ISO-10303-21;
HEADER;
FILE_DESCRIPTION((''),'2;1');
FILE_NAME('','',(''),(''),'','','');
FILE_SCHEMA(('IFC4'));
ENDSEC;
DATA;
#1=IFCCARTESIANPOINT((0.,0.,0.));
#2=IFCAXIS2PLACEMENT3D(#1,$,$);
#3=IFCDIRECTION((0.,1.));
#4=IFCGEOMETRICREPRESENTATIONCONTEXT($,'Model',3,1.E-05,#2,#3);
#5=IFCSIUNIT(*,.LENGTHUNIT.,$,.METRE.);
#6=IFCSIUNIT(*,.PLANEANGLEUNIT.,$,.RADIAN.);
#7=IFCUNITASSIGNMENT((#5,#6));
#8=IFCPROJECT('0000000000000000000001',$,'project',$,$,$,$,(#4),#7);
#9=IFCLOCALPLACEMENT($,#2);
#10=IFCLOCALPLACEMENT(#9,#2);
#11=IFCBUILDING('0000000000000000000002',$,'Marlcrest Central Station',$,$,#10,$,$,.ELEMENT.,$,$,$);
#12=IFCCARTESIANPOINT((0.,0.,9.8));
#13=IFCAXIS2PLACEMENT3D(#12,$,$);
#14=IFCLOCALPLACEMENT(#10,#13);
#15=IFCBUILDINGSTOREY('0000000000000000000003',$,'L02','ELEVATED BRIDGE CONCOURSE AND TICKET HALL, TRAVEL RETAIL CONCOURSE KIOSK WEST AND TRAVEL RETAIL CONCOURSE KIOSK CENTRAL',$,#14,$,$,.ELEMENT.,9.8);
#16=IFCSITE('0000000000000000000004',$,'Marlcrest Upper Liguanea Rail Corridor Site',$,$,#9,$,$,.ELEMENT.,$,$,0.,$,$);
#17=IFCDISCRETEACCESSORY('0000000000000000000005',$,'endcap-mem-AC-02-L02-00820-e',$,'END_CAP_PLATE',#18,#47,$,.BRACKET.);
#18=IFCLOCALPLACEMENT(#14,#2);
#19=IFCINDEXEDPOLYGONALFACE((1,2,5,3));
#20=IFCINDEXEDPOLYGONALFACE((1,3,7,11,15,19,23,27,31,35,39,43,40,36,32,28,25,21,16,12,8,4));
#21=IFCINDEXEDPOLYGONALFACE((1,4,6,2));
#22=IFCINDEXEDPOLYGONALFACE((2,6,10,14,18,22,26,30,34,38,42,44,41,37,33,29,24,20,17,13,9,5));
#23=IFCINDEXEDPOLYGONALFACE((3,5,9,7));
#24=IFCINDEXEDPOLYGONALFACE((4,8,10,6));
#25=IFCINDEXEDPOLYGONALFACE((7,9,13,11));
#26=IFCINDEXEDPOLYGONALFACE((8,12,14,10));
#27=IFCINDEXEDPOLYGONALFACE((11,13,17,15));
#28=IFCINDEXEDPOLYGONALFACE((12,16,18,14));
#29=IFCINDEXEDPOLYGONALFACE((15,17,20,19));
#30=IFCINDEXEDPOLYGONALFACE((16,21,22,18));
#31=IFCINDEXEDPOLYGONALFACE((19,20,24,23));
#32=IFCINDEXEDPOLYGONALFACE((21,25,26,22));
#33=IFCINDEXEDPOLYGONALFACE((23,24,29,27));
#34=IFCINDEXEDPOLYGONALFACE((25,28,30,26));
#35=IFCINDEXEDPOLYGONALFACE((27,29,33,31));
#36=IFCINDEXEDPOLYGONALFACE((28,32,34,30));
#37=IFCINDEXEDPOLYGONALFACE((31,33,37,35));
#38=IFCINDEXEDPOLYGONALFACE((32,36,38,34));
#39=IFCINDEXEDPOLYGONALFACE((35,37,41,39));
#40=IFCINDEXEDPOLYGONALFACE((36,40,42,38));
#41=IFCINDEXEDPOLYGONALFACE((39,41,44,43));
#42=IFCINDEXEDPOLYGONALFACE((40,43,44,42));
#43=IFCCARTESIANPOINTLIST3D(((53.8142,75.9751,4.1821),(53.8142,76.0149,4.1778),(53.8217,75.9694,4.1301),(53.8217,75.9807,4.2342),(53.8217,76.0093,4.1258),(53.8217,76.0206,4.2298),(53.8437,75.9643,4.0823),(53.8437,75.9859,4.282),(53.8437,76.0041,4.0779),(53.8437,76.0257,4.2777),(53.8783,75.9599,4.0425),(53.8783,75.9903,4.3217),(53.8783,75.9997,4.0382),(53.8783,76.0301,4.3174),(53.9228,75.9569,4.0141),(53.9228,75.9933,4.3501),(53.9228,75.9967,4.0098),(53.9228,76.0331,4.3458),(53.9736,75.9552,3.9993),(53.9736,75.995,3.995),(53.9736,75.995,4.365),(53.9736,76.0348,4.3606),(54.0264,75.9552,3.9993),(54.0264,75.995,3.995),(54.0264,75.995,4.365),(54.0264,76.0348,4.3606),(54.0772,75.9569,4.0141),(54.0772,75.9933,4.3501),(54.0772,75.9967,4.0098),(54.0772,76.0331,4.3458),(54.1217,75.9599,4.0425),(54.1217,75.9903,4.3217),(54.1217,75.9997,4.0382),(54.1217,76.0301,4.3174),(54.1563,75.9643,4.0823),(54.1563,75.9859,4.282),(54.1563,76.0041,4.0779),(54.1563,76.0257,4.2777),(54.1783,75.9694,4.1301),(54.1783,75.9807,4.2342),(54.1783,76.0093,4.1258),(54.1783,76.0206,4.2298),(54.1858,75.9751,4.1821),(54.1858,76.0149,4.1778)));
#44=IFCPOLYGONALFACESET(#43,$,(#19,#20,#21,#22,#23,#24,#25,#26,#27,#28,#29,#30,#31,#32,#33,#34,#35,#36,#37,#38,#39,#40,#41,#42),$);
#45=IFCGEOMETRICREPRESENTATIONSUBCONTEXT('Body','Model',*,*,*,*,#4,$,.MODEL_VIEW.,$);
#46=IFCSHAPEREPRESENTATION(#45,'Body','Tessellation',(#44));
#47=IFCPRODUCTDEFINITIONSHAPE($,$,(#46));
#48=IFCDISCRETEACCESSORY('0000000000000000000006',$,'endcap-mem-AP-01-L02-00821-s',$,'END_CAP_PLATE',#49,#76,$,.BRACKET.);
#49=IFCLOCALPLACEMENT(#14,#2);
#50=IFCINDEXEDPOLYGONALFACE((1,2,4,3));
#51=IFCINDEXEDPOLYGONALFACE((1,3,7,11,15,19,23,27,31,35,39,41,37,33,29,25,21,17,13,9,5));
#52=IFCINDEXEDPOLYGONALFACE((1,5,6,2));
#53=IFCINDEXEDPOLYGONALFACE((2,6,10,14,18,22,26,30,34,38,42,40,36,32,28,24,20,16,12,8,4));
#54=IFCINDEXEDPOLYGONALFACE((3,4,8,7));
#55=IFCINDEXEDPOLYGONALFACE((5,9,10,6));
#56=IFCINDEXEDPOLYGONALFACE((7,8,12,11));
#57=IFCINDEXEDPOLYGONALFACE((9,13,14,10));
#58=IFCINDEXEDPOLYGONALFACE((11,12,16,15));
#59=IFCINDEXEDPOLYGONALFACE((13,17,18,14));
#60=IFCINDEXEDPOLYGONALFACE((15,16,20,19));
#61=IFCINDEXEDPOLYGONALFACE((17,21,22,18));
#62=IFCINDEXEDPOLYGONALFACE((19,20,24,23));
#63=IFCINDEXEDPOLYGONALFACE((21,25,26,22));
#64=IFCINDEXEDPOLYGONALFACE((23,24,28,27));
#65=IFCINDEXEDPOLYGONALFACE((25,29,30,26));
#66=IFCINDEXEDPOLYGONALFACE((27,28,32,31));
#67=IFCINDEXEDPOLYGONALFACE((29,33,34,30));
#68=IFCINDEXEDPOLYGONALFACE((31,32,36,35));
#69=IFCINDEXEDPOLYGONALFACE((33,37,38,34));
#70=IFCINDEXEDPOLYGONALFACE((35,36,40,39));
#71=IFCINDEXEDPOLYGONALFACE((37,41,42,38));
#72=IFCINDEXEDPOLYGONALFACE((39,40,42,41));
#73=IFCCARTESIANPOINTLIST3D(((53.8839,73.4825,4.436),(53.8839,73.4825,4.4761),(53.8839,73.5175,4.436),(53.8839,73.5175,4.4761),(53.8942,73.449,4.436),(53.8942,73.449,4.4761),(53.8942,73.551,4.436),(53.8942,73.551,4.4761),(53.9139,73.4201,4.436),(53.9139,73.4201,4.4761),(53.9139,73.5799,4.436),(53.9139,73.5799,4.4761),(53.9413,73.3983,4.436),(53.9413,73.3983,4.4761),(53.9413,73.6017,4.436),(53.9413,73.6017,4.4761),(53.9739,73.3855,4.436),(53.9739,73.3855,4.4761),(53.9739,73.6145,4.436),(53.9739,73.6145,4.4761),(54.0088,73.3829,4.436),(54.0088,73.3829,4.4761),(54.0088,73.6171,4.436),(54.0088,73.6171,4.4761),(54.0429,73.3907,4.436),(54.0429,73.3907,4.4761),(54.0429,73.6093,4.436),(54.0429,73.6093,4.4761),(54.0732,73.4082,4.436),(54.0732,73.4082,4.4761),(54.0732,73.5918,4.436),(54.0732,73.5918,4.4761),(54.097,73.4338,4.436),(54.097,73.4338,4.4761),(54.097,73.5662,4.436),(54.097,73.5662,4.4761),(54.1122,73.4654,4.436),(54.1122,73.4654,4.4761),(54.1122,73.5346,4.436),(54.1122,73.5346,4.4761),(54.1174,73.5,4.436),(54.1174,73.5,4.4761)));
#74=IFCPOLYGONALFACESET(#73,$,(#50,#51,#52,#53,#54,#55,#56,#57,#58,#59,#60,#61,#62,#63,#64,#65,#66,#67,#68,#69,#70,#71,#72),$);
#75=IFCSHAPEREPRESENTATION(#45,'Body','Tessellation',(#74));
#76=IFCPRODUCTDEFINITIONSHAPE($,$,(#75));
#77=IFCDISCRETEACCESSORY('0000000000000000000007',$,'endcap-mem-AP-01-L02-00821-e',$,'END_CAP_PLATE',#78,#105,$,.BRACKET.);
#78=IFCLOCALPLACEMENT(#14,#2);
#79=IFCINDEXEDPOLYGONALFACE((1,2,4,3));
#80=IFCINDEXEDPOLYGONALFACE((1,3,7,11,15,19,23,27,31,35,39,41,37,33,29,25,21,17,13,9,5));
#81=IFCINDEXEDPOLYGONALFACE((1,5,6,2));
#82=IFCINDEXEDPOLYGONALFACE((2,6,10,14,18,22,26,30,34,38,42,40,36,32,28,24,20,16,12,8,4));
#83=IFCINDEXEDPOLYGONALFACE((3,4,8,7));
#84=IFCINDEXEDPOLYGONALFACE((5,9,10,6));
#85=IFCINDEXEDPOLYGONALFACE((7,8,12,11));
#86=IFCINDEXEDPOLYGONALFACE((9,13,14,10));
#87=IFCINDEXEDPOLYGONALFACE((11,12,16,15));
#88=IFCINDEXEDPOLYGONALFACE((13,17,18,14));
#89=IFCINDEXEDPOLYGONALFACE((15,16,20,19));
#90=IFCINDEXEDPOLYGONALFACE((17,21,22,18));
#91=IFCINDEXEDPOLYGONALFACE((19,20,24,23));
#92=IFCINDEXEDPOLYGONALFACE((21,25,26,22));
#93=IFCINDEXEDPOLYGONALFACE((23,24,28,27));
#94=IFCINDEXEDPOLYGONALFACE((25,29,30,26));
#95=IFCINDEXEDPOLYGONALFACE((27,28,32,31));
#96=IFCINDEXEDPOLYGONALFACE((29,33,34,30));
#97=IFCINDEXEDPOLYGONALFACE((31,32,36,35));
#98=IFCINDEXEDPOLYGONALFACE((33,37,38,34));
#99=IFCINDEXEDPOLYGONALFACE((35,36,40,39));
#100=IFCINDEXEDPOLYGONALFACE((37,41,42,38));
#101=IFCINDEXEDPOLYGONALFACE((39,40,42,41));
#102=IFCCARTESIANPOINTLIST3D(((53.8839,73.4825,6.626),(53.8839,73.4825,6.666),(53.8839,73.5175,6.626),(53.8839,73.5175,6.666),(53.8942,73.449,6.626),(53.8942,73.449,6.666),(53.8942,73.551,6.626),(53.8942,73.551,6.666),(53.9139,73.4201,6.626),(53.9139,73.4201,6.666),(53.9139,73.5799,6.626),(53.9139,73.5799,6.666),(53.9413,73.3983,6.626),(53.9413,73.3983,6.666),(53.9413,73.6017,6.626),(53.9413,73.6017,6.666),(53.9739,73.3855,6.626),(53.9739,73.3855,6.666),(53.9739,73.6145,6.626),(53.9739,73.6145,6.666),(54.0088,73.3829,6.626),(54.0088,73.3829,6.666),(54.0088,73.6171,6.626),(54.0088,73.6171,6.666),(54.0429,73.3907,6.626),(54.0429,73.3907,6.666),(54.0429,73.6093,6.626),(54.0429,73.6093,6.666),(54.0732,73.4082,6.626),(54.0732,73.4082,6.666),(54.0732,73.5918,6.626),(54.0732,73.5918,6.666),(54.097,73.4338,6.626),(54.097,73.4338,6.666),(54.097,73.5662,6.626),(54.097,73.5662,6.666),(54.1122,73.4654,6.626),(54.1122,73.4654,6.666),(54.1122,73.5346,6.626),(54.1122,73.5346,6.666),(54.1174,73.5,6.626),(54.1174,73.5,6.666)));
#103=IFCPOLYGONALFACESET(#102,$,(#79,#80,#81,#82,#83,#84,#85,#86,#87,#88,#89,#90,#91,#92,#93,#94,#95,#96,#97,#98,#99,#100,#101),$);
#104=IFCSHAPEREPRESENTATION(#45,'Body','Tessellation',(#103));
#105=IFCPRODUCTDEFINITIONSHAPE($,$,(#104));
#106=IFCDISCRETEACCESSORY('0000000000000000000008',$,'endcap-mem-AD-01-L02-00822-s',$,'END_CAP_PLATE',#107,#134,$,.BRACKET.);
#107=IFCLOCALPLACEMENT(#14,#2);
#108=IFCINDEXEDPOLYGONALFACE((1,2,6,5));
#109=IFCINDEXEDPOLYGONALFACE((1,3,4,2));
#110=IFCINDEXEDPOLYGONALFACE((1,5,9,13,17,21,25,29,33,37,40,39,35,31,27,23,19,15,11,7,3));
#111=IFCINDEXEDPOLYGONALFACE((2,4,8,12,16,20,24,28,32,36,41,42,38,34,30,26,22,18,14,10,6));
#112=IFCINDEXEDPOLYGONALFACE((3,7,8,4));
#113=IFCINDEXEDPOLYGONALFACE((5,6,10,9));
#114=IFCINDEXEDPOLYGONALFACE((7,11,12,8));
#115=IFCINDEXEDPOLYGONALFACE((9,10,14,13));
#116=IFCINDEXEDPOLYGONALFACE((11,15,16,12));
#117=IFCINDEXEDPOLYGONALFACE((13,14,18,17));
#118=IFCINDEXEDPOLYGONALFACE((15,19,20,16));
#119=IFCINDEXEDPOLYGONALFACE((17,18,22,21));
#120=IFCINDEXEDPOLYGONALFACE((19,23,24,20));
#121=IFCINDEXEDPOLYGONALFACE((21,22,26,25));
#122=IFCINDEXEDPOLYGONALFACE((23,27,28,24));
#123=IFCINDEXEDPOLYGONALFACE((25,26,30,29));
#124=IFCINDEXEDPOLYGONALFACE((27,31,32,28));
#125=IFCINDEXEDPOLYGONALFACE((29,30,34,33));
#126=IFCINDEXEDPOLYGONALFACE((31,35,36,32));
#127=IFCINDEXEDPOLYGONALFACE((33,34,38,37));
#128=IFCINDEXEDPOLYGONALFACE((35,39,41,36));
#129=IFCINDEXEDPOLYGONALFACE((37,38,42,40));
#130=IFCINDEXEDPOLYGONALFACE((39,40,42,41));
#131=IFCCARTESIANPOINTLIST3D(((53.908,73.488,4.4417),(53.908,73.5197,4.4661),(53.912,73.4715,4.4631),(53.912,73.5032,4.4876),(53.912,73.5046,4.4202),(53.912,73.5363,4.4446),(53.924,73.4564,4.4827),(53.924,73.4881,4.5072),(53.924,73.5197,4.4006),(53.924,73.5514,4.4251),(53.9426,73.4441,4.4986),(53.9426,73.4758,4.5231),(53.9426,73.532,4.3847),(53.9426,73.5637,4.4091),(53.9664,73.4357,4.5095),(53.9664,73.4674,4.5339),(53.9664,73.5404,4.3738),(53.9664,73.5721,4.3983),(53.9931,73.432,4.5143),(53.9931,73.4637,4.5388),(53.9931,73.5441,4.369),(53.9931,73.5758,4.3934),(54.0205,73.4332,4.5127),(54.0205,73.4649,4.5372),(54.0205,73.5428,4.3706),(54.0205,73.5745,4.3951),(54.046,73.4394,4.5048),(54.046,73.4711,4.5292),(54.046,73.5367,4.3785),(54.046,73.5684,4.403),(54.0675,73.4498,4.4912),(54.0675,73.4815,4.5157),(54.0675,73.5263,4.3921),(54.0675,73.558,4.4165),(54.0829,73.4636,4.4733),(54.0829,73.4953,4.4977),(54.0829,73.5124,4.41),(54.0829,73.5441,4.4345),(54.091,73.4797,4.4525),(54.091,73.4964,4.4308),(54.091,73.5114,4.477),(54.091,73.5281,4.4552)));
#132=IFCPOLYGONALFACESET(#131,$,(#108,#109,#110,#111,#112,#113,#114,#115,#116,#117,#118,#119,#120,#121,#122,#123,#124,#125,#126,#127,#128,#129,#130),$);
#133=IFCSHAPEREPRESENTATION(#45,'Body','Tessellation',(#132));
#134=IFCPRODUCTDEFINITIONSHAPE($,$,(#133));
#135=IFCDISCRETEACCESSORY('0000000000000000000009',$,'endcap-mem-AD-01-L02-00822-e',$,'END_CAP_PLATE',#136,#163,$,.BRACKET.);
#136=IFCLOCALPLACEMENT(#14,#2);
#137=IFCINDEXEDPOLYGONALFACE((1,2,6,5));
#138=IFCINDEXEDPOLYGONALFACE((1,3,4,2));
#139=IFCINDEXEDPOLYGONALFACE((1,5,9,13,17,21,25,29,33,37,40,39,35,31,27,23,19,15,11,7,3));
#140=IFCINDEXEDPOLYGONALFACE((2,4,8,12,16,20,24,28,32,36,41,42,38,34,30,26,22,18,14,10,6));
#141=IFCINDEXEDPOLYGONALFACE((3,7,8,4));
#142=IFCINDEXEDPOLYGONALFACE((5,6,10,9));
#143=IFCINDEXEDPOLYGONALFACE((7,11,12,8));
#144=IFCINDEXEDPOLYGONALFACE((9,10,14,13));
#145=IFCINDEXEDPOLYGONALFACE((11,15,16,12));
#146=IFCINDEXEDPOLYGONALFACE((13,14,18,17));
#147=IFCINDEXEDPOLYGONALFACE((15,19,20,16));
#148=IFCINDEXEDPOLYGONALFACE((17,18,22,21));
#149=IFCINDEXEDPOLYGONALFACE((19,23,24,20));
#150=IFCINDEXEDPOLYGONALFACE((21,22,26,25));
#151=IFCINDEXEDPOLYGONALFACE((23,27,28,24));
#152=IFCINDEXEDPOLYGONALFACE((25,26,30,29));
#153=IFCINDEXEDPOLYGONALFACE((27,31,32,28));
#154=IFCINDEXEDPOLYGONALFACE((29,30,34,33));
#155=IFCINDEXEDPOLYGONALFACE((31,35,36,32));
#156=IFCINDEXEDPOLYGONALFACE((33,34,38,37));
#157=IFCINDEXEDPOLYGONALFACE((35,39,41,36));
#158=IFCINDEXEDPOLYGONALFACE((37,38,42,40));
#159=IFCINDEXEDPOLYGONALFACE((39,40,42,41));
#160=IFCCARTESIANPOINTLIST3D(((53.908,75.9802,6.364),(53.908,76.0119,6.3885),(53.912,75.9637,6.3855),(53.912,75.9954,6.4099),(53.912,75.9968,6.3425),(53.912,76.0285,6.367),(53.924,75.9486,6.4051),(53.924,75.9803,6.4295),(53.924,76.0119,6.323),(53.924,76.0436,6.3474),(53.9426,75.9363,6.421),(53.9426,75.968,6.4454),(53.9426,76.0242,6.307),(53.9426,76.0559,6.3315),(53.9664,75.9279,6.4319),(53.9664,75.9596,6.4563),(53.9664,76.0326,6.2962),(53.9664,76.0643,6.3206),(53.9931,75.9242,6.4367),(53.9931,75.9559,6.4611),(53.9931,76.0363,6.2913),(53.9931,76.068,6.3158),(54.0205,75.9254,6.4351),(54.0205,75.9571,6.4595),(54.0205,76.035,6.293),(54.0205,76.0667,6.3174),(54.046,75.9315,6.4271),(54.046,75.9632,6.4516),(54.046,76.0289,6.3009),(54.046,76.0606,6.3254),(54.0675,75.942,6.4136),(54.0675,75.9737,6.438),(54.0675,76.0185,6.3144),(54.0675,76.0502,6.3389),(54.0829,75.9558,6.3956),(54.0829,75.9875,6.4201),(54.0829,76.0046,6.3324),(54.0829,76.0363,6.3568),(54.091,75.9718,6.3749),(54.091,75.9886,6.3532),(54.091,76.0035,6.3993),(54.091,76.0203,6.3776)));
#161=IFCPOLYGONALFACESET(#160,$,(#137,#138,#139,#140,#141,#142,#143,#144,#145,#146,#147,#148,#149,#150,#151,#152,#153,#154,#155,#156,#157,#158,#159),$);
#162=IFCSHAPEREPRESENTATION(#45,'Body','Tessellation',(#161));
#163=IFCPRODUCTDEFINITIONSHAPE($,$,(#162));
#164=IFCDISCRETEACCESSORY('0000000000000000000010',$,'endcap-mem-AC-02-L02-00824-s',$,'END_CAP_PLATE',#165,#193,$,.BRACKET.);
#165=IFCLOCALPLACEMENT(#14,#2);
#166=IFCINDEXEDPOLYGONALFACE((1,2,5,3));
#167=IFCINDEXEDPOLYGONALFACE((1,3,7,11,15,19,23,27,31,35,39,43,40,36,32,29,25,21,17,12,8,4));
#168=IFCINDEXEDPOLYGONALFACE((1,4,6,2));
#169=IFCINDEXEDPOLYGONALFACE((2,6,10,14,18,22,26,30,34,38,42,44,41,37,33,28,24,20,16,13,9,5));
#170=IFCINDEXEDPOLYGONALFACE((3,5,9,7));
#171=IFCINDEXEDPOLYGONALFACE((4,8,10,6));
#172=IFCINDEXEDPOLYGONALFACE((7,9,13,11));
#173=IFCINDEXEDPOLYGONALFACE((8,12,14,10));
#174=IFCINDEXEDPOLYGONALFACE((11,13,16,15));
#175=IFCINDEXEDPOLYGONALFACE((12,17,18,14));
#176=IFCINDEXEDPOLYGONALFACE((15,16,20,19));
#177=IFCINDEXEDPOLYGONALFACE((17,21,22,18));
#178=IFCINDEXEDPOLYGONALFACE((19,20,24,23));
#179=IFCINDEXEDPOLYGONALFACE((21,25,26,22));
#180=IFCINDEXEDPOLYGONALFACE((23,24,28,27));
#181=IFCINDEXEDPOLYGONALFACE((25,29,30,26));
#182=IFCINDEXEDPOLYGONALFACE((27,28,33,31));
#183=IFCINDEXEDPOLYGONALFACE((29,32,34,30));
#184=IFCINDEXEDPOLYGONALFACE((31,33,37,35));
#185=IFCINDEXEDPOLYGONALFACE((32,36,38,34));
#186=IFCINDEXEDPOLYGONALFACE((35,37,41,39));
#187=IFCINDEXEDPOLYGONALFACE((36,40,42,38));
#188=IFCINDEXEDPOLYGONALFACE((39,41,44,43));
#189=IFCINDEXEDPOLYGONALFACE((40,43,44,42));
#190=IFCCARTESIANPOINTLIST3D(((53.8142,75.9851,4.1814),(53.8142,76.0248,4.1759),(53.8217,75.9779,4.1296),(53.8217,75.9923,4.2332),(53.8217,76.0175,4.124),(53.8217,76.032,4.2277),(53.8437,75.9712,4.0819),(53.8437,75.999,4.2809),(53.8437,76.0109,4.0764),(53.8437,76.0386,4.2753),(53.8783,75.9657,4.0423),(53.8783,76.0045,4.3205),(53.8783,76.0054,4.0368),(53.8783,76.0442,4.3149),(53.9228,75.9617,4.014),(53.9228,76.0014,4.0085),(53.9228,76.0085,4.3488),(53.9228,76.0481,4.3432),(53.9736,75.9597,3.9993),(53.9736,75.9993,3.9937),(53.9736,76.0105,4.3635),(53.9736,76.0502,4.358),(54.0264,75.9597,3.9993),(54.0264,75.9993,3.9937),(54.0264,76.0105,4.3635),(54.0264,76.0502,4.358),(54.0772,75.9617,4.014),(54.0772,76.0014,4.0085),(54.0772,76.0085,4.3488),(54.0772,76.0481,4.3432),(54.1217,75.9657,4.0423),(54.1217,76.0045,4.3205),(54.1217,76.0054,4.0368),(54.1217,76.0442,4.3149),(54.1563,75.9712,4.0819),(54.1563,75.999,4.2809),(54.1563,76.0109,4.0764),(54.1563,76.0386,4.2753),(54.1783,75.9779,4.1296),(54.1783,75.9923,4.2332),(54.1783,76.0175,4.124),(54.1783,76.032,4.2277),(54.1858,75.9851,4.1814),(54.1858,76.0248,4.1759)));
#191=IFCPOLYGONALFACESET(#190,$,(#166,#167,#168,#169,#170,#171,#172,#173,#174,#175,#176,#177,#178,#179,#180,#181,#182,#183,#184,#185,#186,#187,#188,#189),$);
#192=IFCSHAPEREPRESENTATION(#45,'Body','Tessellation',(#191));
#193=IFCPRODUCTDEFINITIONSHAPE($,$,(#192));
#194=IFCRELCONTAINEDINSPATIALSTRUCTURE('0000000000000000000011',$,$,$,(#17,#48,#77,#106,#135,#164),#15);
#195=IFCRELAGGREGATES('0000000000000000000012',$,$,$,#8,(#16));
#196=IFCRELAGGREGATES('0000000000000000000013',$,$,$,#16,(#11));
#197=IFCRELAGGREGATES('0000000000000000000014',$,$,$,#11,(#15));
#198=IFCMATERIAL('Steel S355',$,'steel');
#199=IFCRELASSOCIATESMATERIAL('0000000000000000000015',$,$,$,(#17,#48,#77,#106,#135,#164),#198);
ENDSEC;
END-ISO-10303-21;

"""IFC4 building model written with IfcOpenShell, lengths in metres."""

from ifc_helpers import new_model, si_unit, direction, frame, origin, origin_2d, place, context, subcontext, project, spatial, circle, extrude, material, element, save


model = new_model("IFC4")

# Units and contexts
model_context = context("Model", 3, precision=1e-05, world=origin(), true_north=direction((0.0, 1.0)))
body_context = subcontext(model_context, "Body", "Model", "MODEL_VIEW")
ifc_project = project(units=[si_unit("LENGTHUNIT", "METRE"), si_unit("PLANEANGLEUNIT", "RADIAN")], contexts=[model_context])

# Site, building, storey
site_placement = place(None, origin())
site = spatial("IfcSite", under=ifc_project, at=site_placement, Name="Marlcrest Upper Liguanea Rail Corridor Site", CompositionType="ELEMENT", RefElevation=0.0)
building_placement = place(site_placement, origin())
building = spatial("IfcBuilding", under=site, at=building_placement, Name="Marlcrest Central Station", CompositionType="ELEMENT")
storey_placement = place(building_placement, frame((0.0, 0.0, 9.8)))
storey = spatial("IfcBuildingStorey", under=building, at=storey_placement, Name="L02", Description="ELEVATED BRIDGE CONCOURSE AND TICKET HALL, TRAVEL RETAIL CONCOURSE KIOSK WEST AND TRAVEL RETAIL CONCOURSE KIOSK CENTRAL", CompositionType="ELEMENT", Elevation=9.8)

# Shared definitions
ifc_material = material(Name="Steel S355", Category="steel")

# Discrete accessories
for number, where, z_axis, x_axis, name in (
    (1, (54.0, 75.9751, 4.1821), (0.0, 0.994155, -0.107959), (-1.0, 0.0, 0.0), "endcap-mem-AC-02-L02-00820-e"),
):
    element("IfcDiscreteAccessory", number, at=place(storey_placement, frame(where, z_axis=z_axis, x_axis=x_axis)), inside=storey, material=ifc_material, Name=name, ObjectType="END_CAP_PLATE", PredefinedType="BRACKET", context=body_context, shape_type="SweptSolid", body=[
        extrude(circle(Radius=0.1858, at=origin_2d()), origin(), (0.0, 0.0, 1.0), 0.04),
    ])
for number, where, z_axis, x_axis, name in (
    (2, (54.0, 73.5, 4.436), (0.0, 0.0, 1.0), (1.0, 0.0, 0.0), "endcap-mem-AP-01-L02-00821-s"),
    (3, (54.0, 73.5, 6.626), (0.0, 0.0, 1.0), (1.0, 0.0, 0.0), "endcap-mem-AP-01-L02-00821-e"),
):
    element("IfcDiscreteAccessory", number, at=place(storey_placement, frame(where, z_axis=z_axis, x_axis=x_axis)), inside=storey, material=ifc_material, Name=name, ObjectType="END_CAP_PLATE", PredefinedType="BRACKET", context=body_context, shape_type="SweptSolid", body=[
        extrude(circle(Radius=0.1174, at=origin_2d()), origin(), (0.0, 0.0, 1.0), 0.04),
    ])
for number, where, z_axis, x_axis, name in (
    (4, (54.0, 73.488, 4.4417), (0.0, 0.791798, 0.610783), (-1.0, 0.0, 0.0), "endcap-mem-AD-01-L02-00822-s"),
    (5, (54.0, 75.9802, 6.364), (0.0, 0.791798, 0.610783), (-1.0, 0.0, 0.0), "endcap-mem-AD-01-L02-00822-e"),
):
    element("IfcDiscreteAccessory", number, at=place(storey_placement, frame(where, z_axis=z_axis, x_axis=x_axis)), inside=storey, material=ifc_material, Name=name, ObjectType="END_CAP_PLATE", PredefinedType="BRACKET", context=body_context, shape_type="SweptSolid", body=[
        extrude(circle(Radius=0.092, at=origin_2d()), origin(), (0.0, 0.0, 1.0), 0.04),
    ])
for number, where, z_axis, x_axis, name in (
    (6, (54.0, 75.9851, 4.1814), (0.0, 0.990403, -0.138211), (-1.0, 0.0, 0.0), "endcap-mem-AC-02-L02-00824-s"),
):
    element("IfcDiscreteAccessory", number, at=place(storey_placement, frame(where, z_axis=z_axis, x_axis=x_axis)), inside=storey, material=ifc_material, Name=name, ObjectType="END_CAP_PLATE", PredefinedType="BRACKET", context=body_context, shape_type="SweptSolid", body=[
        extrude(circle(Radius=0.1858, at=origin_2d()), origin(), (0.0, 0.0, 1.0), 0.04),
    ])

save(model, "model.ifc")
